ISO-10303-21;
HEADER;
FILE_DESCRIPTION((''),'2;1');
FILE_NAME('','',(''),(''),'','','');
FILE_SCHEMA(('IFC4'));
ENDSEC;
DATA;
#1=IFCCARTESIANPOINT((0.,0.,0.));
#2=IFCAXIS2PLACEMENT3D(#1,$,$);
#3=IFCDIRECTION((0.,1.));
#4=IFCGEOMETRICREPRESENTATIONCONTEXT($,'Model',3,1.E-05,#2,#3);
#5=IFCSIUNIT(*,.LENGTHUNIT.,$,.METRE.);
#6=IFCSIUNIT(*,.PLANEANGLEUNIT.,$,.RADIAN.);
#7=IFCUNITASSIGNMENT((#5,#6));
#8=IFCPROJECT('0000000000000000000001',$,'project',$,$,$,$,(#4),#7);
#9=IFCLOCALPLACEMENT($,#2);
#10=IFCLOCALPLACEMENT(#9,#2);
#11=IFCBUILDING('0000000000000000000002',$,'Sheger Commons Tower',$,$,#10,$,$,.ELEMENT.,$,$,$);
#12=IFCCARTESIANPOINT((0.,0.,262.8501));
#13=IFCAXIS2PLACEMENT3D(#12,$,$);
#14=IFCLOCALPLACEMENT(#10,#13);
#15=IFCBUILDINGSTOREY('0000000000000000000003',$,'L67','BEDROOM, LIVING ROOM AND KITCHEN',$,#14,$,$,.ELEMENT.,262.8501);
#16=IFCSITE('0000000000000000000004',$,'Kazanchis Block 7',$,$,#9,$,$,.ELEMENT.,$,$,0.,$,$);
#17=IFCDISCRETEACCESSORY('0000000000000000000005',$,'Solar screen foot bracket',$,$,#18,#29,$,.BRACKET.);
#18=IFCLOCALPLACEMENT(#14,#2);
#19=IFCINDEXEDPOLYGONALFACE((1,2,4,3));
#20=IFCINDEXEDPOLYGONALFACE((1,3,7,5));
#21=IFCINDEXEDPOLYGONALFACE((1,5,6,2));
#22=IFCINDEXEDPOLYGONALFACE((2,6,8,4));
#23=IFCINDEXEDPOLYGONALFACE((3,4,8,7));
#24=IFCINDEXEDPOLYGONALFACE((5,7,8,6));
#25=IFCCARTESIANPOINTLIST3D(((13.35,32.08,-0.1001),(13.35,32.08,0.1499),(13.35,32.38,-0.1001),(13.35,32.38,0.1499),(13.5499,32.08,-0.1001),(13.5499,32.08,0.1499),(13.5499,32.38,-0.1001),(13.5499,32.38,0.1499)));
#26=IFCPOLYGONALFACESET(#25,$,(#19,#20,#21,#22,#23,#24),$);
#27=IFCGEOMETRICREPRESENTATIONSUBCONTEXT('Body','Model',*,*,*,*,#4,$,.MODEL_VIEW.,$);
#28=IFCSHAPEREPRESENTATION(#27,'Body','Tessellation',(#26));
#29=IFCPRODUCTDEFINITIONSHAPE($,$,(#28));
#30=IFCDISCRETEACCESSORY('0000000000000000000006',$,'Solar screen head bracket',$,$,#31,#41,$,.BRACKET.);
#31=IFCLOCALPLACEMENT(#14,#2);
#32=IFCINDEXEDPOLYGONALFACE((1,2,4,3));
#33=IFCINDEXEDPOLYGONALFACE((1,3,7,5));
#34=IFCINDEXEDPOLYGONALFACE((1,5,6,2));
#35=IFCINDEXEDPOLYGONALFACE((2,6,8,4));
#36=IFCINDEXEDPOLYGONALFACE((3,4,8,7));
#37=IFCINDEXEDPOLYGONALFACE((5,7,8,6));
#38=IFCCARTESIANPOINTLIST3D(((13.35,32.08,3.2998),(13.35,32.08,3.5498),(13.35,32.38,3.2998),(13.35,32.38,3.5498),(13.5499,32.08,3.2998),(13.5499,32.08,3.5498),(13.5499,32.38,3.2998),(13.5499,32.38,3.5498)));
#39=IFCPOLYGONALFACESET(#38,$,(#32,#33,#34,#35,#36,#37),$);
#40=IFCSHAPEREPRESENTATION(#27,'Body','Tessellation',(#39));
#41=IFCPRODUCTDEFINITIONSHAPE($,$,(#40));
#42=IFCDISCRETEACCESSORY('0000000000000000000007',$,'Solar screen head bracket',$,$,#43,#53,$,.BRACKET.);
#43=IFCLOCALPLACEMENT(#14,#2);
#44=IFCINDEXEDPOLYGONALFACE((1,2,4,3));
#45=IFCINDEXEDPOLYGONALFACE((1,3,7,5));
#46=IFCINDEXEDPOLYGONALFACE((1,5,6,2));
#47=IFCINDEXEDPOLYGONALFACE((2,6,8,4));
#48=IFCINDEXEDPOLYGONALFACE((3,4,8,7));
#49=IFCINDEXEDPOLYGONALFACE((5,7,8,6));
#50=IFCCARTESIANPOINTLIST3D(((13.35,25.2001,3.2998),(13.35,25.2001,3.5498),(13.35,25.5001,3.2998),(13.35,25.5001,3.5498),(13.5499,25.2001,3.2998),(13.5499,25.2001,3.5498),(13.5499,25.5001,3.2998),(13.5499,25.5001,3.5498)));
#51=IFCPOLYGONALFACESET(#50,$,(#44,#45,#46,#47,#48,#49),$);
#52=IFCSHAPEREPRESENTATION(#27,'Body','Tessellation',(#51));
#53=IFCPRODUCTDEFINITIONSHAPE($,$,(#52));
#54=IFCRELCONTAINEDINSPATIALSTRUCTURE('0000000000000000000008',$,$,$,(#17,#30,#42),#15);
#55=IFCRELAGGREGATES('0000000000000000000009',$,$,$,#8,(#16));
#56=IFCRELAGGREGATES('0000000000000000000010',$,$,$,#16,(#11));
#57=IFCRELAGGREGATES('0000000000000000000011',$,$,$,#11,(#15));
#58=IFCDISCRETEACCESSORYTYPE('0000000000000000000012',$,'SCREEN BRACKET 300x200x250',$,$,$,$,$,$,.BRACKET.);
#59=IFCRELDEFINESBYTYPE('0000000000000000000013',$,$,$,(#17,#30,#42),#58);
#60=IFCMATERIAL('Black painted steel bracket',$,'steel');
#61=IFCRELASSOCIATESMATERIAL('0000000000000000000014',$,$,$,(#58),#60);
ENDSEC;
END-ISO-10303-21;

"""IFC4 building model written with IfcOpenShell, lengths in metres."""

from ifc_helpers import new_model, si_unit, direction, frame, origin, origin_2d, place, context, subcontext, project, spatial, rectangle, extrude, material, type_object, element, save


model = new_model("IFC4")

# Units and contexts
model_context = context("Model", 3, precision=1e-05, world=origin(), true_north=direction((0.0, 1.0)))
body_context = subcontext(model_context, "Body", "Model", "MODEL_VIEW")
ifc_project = project(units=[si_unit("LENGTHUNIT", "METRE"), si_unit("PLANEANGLEUNIT", "RADIAN")], contexts=[model_context])

# Site, building, storey
site_placement = place(None, origin())
site = spatial("IfcSite", under=ifc_project, at=site_placement, Name="Kazanchis Block 7", CompositionType="ELEMENT", RefElevation=0.0)
building_placement = place(site_placement, origin())
building = spatial("IfcBuilding", under=site, at=building_placement, Name="Sheger Commons Tower", CompositionType="ELEMENT")
storey_placement = place(building_placement, frame((0.0, 0.0, 262.8501)))
storey = spatial("IfcBuildingStorey", under=building, at=storey_placement, Name="L67", Description="BEDROOM, LIVING ROOM AND KITCHEN", CompositionType="ELEMENT", Elevation=262.8501)

# Discrete accessories
ifc_material_1 = material(Name="Black painted steel bracket", Category="steel")
discrete_accessory_type = type_object("IfcDiscreteAccessoryType", Name="SCREEN BRACKET 300x200x250", PredefinedType="BRACKET", material=ifc_material_1)
for number, where, z_axis, x_axis, name in (
    (1, (13.45, 32.23, -0.1001), (0.0, 0.0, 1.0), (0.0, -1.0, 0.0), "Solar screen foot bracket"),
    (2, (13.45, 32.23, 3.2998), (0.0, 0.0, 1.0), (0.0, -1.0, 0.0), "Solar screen head bracket"),
    (3, (13.45, 25.3501, 3.2998), (0.0, 0.0, 1.0), (0.0, -1.0, 0.0), "Solar screen head bracket"),
):
    element("IfcDiscreteAccessory", number, at=place(storey_placement, frame(where, z_axis=z_axis, x_axis=x_axis)), inside=storey, type_object=discrete_accessory_type, Name=name, PredefinedType="BRACKET", context=body_context, shape_type="SweptSolid", body=[
        extrude(rectangle(XDim=0.3, YDim=0.2, at=origin_2d()), origin(), (0.0, 0.0, 1.0), 0.25),
    ])

save(model, "model.ifc")
